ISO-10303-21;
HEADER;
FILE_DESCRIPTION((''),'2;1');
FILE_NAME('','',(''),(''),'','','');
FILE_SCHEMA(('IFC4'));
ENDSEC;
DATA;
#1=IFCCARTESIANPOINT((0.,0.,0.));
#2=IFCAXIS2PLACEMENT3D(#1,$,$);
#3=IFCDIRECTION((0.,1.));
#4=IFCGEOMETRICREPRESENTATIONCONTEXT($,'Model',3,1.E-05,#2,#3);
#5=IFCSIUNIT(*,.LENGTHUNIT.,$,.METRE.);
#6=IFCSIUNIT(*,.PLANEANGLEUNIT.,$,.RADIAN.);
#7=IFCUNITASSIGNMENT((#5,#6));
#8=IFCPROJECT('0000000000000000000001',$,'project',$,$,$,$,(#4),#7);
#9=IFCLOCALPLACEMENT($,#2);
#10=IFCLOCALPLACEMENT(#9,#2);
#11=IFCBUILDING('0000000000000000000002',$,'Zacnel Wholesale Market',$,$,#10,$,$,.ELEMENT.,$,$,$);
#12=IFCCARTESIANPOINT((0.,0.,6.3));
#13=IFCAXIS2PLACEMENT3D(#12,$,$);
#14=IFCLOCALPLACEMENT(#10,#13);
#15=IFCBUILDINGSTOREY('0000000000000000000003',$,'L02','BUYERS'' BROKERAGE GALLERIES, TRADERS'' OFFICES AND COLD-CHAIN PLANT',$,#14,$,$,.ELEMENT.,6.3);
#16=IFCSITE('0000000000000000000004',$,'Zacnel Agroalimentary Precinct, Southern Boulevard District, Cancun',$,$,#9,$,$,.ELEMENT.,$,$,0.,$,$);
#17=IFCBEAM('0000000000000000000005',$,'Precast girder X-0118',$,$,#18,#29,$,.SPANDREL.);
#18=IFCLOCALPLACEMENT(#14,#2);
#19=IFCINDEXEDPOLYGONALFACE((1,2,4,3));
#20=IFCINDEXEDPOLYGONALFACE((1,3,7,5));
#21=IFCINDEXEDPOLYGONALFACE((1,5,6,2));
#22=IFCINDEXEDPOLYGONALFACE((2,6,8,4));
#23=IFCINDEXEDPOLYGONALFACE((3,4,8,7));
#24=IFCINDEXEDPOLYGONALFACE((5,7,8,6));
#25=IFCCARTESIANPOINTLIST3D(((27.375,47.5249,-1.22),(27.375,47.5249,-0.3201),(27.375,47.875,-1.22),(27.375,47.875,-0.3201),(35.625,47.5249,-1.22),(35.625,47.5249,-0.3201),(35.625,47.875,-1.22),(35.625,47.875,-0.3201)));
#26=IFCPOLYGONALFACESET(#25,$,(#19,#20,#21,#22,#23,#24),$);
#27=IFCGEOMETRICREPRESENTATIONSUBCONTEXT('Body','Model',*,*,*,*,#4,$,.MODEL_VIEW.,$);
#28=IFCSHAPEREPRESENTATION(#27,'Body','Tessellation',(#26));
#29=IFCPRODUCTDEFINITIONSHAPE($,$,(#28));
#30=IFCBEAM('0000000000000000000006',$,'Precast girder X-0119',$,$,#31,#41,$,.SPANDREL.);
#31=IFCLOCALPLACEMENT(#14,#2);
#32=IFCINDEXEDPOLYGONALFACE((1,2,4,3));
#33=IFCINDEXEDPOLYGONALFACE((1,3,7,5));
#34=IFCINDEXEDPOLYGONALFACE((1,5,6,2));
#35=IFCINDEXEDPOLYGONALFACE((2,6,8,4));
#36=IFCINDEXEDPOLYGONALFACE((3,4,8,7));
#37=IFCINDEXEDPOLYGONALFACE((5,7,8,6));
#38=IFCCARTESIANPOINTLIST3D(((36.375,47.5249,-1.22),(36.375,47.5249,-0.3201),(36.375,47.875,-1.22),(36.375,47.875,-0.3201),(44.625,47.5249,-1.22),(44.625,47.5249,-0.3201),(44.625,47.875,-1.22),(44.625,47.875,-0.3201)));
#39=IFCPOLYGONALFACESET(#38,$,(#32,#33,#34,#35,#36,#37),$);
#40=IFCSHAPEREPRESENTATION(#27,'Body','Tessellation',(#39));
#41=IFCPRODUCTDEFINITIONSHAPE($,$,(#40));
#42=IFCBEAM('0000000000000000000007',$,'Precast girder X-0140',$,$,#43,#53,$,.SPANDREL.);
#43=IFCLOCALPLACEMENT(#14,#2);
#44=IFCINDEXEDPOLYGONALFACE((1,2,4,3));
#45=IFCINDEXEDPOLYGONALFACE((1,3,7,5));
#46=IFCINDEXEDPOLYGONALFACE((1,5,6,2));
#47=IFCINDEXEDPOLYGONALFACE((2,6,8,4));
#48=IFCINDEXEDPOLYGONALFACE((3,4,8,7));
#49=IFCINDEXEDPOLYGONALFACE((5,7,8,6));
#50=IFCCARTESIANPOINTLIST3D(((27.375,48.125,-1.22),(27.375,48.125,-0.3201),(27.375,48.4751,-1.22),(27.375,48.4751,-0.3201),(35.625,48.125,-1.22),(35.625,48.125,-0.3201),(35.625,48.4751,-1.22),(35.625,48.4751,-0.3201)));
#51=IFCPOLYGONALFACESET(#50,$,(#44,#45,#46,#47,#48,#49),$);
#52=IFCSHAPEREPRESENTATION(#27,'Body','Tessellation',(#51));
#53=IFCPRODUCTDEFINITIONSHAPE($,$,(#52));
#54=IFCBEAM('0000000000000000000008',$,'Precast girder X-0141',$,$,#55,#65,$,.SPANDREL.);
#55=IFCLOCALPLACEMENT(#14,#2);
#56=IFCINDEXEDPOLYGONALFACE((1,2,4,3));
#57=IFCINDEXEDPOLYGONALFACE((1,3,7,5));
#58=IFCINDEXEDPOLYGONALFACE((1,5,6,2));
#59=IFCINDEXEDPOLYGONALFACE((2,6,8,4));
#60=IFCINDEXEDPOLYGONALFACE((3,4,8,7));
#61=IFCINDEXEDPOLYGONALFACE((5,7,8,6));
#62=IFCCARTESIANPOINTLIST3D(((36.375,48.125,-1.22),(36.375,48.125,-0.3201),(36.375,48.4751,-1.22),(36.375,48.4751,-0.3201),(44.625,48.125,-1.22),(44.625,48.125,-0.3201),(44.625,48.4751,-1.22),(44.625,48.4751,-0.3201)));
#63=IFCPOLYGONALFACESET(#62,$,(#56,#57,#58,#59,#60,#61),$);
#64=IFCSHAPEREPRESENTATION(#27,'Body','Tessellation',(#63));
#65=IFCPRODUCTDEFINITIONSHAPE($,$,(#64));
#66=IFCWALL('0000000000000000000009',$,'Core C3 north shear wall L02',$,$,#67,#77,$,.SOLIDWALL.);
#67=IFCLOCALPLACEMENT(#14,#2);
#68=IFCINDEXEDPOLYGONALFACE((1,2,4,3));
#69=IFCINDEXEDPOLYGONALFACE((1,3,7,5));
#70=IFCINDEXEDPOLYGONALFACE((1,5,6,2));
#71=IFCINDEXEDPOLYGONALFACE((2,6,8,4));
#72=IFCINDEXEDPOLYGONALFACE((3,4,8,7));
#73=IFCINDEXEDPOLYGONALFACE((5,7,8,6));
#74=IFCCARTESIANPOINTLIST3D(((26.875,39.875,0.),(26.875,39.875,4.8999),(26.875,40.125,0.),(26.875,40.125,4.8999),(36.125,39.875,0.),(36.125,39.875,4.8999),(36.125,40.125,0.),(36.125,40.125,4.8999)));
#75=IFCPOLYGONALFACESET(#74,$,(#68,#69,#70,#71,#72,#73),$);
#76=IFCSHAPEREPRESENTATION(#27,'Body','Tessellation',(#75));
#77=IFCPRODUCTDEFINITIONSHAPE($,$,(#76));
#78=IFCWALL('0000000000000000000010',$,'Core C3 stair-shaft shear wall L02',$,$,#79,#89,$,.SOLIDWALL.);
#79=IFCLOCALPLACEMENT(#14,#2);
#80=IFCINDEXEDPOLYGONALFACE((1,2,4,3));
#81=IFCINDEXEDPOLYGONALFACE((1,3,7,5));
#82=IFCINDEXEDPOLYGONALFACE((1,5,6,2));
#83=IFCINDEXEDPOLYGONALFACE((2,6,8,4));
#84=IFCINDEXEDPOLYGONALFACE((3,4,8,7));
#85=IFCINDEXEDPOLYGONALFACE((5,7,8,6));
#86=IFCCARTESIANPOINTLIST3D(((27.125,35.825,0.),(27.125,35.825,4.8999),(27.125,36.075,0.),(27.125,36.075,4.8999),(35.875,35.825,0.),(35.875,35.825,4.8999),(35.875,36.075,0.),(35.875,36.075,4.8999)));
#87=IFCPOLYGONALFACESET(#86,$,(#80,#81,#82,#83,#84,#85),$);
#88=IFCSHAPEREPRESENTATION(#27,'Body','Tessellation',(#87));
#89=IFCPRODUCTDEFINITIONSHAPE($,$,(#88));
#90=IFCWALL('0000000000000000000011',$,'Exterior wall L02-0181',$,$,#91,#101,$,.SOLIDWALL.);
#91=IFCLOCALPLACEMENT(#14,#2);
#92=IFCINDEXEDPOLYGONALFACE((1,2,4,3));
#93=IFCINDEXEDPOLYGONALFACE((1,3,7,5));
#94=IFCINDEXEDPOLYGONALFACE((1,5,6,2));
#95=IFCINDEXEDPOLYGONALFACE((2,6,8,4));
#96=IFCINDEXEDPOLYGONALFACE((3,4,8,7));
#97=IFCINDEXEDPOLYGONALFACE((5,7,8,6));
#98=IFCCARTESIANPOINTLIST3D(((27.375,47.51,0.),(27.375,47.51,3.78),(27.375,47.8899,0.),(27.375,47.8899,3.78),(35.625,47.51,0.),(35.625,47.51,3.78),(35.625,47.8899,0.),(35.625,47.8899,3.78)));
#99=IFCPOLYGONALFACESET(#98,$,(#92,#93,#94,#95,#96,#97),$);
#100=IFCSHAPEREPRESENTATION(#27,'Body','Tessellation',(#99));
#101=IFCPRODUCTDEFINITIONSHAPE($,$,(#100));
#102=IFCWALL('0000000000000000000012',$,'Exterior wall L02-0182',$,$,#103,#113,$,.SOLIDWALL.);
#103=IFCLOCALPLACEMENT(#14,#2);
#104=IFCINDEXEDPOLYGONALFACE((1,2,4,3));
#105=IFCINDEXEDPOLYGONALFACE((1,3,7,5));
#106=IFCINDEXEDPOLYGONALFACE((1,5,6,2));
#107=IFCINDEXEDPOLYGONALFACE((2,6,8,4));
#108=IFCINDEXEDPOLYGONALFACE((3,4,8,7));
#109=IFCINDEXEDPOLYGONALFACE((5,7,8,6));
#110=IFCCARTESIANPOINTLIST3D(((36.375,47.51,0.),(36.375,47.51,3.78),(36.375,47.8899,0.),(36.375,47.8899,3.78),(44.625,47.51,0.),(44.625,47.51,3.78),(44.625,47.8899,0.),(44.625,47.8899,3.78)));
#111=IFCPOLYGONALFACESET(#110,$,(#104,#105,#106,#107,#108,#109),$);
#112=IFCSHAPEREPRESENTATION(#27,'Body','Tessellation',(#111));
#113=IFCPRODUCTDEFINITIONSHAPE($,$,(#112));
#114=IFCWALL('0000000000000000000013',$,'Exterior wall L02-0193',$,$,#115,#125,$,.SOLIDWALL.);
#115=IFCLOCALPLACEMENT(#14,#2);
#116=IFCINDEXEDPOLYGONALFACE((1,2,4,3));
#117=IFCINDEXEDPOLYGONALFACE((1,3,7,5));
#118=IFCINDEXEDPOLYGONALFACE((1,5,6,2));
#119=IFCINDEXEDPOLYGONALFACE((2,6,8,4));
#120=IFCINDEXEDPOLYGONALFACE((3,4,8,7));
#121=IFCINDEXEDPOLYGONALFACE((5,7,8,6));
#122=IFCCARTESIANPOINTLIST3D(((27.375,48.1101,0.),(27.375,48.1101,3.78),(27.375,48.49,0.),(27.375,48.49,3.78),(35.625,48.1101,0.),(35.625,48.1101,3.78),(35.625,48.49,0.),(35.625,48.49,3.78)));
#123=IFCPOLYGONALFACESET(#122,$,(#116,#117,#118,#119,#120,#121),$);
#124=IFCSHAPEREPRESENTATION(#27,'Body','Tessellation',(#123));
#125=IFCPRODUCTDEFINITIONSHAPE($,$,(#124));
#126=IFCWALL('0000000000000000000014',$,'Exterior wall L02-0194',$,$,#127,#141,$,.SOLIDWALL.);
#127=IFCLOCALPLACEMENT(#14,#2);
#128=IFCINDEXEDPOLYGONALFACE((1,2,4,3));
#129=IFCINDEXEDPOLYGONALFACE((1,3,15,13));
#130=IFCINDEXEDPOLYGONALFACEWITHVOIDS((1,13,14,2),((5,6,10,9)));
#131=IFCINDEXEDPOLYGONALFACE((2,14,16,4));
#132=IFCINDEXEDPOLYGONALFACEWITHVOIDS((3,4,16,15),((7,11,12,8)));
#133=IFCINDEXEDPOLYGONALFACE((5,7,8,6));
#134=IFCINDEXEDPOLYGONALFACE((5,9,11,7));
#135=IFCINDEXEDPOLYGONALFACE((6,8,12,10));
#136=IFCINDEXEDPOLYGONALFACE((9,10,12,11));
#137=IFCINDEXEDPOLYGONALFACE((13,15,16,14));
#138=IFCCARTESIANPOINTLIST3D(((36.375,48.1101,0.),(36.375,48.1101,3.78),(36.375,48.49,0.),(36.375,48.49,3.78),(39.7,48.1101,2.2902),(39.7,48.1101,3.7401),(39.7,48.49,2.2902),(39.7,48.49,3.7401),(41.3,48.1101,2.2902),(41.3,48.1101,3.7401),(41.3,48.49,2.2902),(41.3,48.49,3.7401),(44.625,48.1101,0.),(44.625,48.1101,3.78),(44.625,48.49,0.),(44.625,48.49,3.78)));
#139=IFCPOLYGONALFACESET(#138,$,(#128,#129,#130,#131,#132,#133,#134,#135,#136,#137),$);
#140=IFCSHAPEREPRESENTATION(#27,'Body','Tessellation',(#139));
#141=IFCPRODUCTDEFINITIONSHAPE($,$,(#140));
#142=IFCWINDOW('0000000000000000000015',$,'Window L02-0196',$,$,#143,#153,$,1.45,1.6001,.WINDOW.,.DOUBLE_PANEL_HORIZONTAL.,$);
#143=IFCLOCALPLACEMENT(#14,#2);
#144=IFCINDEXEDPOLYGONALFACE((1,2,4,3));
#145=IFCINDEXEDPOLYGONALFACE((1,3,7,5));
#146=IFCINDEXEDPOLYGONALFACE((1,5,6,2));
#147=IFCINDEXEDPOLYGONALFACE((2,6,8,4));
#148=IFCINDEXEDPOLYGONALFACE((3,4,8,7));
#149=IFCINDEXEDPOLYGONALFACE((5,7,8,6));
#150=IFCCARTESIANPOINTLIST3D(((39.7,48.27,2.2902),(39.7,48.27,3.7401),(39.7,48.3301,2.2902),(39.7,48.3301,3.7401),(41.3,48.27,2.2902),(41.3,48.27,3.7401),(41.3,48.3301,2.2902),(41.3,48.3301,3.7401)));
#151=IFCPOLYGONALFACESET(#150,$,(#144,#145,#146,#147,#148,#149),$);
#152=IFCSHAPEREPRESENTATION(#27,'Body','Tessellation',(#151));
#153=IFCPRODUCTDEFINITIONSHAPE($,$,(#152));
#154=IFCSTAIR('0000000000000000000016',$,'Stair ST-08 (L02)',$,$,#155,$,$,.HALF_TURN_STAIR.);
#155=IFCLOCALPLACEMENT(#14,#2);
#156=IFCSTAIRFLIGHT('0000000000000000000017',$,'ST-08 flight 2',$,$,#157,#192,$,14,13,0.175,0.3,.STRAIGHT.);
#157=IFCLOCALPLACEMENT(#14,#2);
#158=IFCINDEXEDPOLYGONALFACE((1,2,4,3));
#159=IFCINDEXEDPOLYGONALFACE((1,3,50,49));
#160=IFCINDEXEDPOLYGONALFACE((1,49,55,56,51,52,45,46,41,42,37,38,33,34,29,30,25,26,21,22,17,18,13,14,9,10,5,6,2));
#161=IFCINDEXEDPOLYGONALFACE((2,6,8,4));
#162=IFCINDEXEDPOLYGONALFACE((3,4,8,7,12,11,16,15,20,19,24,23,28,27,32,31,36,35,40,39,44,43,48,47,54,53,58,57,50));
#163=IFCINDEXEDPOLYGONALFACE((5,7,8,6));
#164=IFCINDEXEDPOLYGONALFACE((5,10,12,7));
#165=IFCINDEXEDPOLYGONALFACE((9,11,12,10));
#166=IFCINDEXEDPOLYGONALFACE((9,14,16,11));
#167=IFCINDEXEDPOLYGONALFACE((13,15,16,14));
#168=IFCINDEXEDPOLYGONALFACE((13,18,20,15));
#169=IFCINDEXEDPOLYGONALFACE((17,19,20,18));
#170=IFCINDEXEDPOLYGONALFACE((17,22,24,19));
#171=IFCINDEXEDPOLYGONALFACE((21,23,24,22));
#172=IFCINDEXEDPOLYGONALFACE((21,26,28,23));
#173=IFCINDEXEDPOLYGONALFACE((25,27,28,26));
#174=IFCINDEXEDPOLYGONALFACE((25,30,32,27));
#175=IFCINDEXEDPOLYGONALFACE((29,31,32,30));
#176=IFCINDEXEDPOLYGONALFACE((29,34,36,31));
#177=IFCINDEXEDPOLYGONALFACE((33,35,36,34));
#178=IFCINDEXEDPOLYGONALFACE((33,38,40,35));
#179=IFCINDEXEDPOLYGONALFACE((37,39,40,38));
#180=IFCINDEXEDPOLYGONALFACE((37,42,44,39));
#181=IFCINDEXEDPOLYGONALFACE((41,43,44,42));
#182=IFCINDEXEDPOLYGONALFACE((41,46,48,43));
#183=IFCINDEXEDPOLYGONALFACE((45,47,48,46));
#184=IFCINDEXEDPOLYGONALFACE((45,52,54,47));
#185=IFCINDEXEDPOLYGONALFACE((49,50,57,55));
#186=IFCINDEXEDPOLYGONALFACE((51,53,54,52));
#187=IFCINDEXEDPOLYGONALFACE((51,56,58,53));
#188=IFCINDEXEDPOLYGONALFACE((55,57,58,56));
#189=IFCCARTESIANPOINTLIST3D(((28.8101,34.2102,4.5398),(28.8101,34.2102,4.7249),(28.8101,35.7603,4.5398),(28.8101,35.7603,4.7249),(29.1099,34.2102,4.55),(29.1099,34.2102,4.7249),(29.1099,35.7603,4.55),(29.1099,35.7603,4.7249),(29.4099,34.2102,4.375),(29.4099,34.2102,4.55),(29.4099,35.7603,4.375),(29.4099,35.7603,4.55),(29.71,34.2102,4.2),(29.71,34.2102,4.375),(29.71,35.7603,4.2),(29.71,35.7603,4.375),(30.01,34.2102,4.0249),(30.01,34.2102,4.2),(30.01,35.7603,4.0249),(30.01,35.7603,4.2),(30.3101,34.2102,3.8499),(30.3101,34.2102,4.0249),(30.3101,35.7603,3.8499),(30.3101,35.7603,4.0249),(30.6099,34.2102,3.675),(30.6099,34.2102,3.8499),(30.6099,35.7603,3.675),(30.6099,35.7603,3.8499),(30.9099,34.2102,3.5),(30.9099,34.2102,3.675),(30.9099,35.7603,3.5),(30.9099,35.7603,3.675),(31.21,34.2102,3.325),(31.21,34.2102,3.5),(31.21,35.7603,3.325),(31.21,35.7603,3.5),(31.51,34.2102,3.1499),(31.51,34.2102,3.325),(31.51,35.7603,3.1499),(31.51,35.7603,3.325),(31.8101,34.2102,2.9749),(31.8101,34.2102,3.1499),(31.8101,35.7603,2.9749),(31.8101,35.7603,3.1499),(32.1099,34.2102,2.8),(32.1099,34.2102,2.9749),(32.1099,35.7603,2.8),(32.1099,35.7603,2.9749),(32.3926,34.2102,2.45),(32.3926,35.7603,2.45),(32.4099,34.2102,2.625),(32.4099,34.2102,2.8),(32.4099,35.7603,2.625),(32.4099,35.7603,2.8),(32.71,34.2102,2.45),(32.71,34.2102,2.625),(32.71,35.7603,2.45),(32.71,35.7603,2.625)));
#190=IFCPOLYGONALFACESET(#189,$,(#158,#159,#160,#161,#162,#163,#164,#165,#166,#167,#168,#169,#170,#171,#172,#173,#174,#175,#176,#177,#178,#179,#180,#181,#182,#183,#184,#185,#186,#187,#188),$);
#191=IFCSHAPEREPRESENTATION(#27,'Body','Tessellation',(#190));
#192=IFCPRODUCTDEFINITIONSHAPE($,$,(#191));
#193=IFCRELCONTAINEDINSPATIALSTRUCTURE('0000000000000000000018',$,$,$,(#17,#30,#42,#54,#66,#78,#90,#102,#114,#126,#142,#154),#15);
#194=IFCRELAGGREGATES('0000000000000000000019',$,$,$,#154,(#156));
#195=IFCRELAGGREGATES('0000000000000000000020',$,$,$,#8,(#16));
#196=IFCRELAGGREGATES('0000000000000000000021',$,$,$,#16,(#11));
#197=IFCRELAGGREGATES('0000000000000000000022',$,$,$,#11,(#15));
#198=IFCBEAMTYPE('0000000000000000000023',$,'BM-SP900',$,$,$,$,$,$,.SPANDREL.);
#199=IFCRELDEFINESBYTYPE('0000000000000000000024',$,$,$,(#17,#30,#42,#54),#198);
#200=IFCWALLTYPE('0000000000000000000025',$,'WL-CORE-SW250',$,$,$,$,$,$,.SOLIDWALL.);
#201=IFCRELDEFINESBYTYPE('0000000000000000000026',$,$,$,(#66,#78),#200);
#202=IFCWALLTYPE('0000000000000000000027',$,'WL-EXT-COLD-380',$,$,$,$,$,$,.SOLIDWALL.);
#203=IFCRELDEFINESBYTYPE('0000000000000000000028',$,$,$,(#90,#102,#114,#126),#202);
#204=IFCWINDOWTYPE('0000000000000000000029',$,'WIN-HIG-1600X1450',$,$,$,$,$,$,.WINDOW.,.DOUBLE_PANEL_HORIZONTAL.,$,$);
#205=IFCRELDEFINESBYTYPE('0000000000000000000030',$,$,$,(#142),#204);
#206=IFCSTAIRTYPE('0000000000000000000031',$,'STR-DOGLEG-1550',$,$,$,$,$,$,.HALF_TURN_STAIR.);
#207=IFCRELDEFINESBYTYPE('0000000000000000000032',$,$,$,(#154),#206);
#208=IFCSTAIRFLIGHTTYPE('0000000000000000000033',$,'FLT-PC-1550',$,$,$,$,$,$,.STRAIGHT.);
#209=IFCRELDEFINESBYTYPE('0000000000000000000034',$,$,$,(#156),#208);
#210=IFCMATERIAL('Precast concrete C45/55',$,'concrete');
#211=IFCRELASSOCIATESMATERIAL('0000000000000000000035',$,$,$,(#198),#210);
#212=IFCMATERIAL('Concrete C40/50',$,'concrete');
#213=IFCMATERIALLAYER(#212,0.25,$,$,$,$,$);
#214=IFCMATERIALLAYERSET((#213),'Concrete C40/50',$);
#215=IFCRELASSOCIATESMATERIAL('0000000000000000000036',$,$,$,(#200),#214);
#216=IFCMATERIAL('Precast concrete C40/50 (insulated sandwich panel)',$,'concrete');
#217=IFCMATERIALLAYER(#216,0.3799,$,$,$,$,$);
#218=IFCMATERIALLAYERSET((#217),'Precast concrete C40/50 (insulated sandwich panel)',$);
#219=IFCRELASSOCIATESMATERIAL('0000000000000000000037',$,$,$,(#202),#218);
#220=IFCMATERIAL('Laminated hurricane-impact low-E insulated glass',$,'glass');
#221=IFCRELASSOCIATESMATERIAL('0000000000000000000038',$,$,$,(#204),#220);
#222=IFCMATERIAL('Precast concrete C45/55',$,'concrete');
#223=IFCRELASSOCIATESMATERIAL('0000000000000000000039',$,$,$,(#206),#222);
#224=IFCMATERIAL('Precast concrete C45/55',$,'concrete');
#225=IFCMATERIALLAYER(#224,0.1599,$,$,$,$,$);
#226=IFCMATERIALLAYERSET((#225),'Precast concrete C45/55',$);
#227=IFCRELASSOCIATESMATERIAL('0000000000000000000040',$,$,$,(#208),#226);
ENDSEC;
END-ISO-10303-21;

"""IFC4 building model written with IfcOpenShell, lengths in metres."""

from ifc_helpers import new_model, si_unit, direction, frame, frame_2d, origin, origin_2d, place, context, subcontext, project, spatial, polyline, rectangle, outline, extrude, material, layer, layer_set, material_profile, profile_set, type_object, element, fill, aggregate, save


model = new_model("IFC4")

# Units and contexts
model_context = context("Model", 3, precision=1e-05, world=origin(), true_north=direction((0.0, 1.0)))
body_context = subcontext(model_context, "Body", "Model", "MODEL_VIEW")
ifc_project = project(units=[si_unit("LENGTHUNIT", "METRE"), si_unit("PLANEANGLEUNIT", "RADIAN")], contexts=[model_context])

# Site, building, storey
site_placement = place(None, origin())
site = spatial("IfcSite", under=ifc_project, at=site_placement, Name="Zacnel Agroalimentary Precinct, Southern Boulevard District, Cancun", CompositionType="ELEMENT", RefElevation=0.0)
building_placement = place(site_placement, origin())
building = spatial("IfcBuilding", under=site, at=building_placement, Name="Zacnel Wholesale Market", CompositionType="ELEMENT")
storey_placement = place(building_placement, frame((0.0, 0.0, 6.3)))
storey = spatial("IfcBuildingStorey", under=building, at=storey_placement, Name="L02", Description="BUYERS' BROKERAGE GALLERIES, TRADERS' OFFICES AND COLD-CHAIN PLANT", CompositionType="ELEMENT", Elevation=6.3)

# Beams
ifc_material_1 = material(Name="Precast concrete C45/55", Category="concrete")
ifc_material_profile_1 = material_profile(ifc_material_1, rectangle(XDim=0.3501, YDim=0.8999, at=origin_2d()), Name="SP 350x900")
ifc_profile_set_1 = profile_set([ifc_material_profile_1], Name="Precast concrete C45/55")
beam_type_1 = type_object("IfcBeamType", Name="BM-SP900", PredefinedType="SPANDREL", material=ifc_profile_set_1)
for number, where, z_axis, x_axis, name in (
    (1, (27.375, 47.7, -0.77), (1.0, 0.0, 0.0), (0.0, 1.0, 0.0), "Precast girder X-0118"),
    (2, (36.375, 47.7, -0.77), (1.0, 0.0, 0.0), (0.0, 1.0, 0.0), "Precast girder X-0119"),
    (3, (27.375, 48.3, -0.77), (1.0, 0.0, 0.0), (0.0, 1.0, 0.0), "Precast girder X-0140"),
    (4, (36.375, 48.3, -0.77), (1.0, 0.0, 0.0), (0.0, 1.0, 0.0), "Precast girder X-0141"),
):
    element("IfcBeam", number, at=place(storey_placement, frame(where, z_axis=z_axis, x_axis=x_axis)), inside=storey, type_object=beam_type_1, Name=name, PredefinedType="SPANDREL", context=body_context, shape_type="SweptSolid", body=[
        extrude(rectangle(XDim=0.3501, YDim=0.8999, at=origin_2d()), origin(), (0.0, 0.0, 1.0), 8.25),
    ])

# Walls
ifc_material_2 = material(Name="Concrete C40/50", Category="concrete")
ifc_layer_1 = layer(ifc_material_2, 0.25)
ifc_layer_set_1 = layer_set([ifc_layer_1], Name="Concrete C40/50")
wall_type_1 = type_object("IfcWallType", Name="WL-CORE-SW250", PredefinedType="SOLIDWALL", material=ifc_layer_set_1)
wall_1_placement = place(storey_placement, frame((26.875, 40.0, 0.0), z_axis=(0.0, 0.0, 1.0), x_axis=(1.0, 0.0, 0.0)))
element("IfcWall", 5, at=wall_1_placement, inside=storey, type_object=wall_type_1, Name="Core C3 north shear wall L02", PredefinedType="SOLIDWALL", context=body_context, shape_type="SweptSolid", body=[
    extrude(rectangle(XDim=9.25, YDim=0.25, at=frame_2d((4.625, 0.0))), origin(), (0.0, 0.0, 1.0), 4.8999),
])
wall_2_placement = place(storey_placement, frame((27.125, 35.95, 0.0), z_axis=(0.0, 0.0, 1.0), x_axis=(1.0, 0.0, 0.0)))
element("IfcWall", 6, at=wall_2_placement, inside=storey, type_object=wall_type_1, Name="Core C3 stair-shaft shear wall L02", PredefinedType="SOLIDWALL", context=body_context, shape_type="SweptSolid", body=[
    extrude(rectangle(XDim=8.75, YDim=0.25, at=frame_2d((4.375, 0.0))), origin(), (0.0, 0.0, 1.0), 4.8999),
])

# Walls
ifc_material_3 = material(Name="Precast concrete C40/50 (insulated sandwich panel)", Category="concrete")
ifc_layer_2 = layer(ifc_material_3, 0.3799)
ifc_layer_set_2 = layer_set([ifc_layer_2], Name="Precast concrete C40/50 (insulated sandwich panel)")
wall_type_2 = type_object("IfcWallType", Name="WL-EXT-COLD-380", PredefinedType="SOLIDWALL", material=ifc_layer_set_2)
for number, where, z_axis, x_axis, name in (
    (7, (27.375, 47.7, 0.0), (0.0, 0.0, 1.0), (1.0, 0.0, 0.0), "Exterior wall L02-0181"),
    (8, (36.375, 47.7, 0.0), (0.0, 0.0, 1.0), (1.0, 0.0, 0.0), "Exterior wall L02-0182"),
    (9, (27.375, 48.3, 0.0), (0.0, 0.0, 1.0), (1.0, 0.0, 0.0), "Exterior wall L02-0193"),
):
    element("IfcWall", number, at=place(storey_placement, frame(where, z_axis=z_axis, x_axis=x_axis)), inside=storey, type_object=wall_type_2, Name=name, PredefinedType="SOLIDWALL", context=body_context, shape_type="SweptSolid", body=[
        extrude(rectangle(XDim=8.25, YDim=0.3799, at=frame_2d((4.125, 0.0))), origin(), (0.0, 0.0, 1.0), 3.78),
    ])

# Wall, opening, window
wall_3_placement = place(storey_placement, frame((36.375, 48.3, 0.0), z_axis=(0.0, 0.0, 1.0), x_axis=(1.0, 0.0, 0.0)))
wall_3 = element("IfcWall", 10, at=wall_3_placement, inside=storey, type_object=wall_type_2, Name="Exterior wall L02-0194", PredefinedType="SOLIDWALL", context=body_context, shape_type="SweptSolid", body=[
    extrude(rectangle(XDim=8.25, YDim=0.3799, at=frame_2d((4.125, 0.0))), origin(), (0.0, 0.0, 1.0), 3.78),
])
opening_1_placement = place(wall_3_placement, frame((3.325, 0.0, 2.29)))
opening_1 = element("IfcOpeningElement", 11, at=opening_1_placement, cuts=wall_3, PredefinedType="OPENING", context=body_context, shape_type="SweptSolid", body=[
    extrude(rectangle(XDim=1.6001, YDim=1.45, at=frame_2d((0.8, 0.7251))), frame((0.0, 0.2, 0.0), z_axis=(0.0, -1.0, 0.0), x_axis=(1.0, 0.0, 0.0)), (0.0, 0.0, 1.0), 0.3999),
])
ifc_material_4 = material(Name="Laminated hurricane-impact low-E insulated glass", Category="glass")
window_type = type_object("IfcWindowType", Name="WIN-HIG-1600X1450", PartitioningType="DOUBLE_PANEL_HORIZONTAL", PredefinedType="WINDOW", material=ifc_material_4)
window_placement = place(opening_1_placement, origin())
window = element("IfcWindow", 12, at=window_placement, inside=storey, type_object=window_type, Name="Window L02-0196", OverallHeight=1.45, OverallWidth=1.6001, PartitioningType="DOUBLE_PANEL_HORIZONTAL", PredefinedType="WINDOW", context=body_context, shape_type="SweptSolid", body=[
    extrude(rectangle(XDim=1.6001, YDim=1.45, at=frame_2d((0.8, 0.7251))), frame((0.0, 0.03, 0.0), z_axis=(0.0, -1.0, 0.0), x_axis=(1.0, 0.0, 0.0)), (0.0, 0.0, 1.0), 0.0601),
])
fill(opening_1, window)

# Stair, stair flight
ifc_material_5 = material(Name="Precast concrete C45/55", Category="concrete")
stair_type = type_object("IfcStairType", Name="STR-DOGLEG-1550", PredefinedType="HALF_TURN_STAIR", material=ifc_material_5)
stair_placement = place(storey_placement, origin())
stair = element("IfcStair", 13, at=stair_placement, inside=storey, type_object=stair_type, Name="Stair ST-08 (L02)", PredefinedType="HALF_TURN_STAIR")
ifc_material_6 = material(Name="Precast concrete C45/55", Category="concrete")
ifc_layer_3 = layer(ifc_material_6, 0.1599)
ifc_layer_set_3 = layer_set([ifc_layer_3], Name="Precast concrete C45/55")
stair_flight_type = type_object("IfcStairFlightType", Name="FLT-PC-1550", PredefinedType="STRAIGHT", material=ifc_layer_set_3)
stair_flight_placement = place(storey_placement, frame((32.71, 34.9851, 2.45), z_axis=(0.0, 0.0, 1.0), x_axis=(-1.0, 0.0, 0.0)))
stair_flight = element("IfcStairFlight", 14, at=stair_flight_placement, type_object=stair_flight_type, Name="ST-08 flight 2", NumberOfRisers=14, NumberOfTreads=13, PredefinedType="STRAIGHT", RiserHeight=0.175, TreadLength=0.3, context=body_context, shape_type="SweptSolid", body=[
    extrude(outline(polyline([(0.0, 0.0), (0.0, 0.175), (0.3, 0.175), (0.3, 0.3501), (0.6001, 0.3501), (0.6001, 0.5249), (0.8999, 0.5249), (0.8999, 0.7), (1.2, 0.7), (1.2, 0.875), (1.5, 0.875), (1.5, 1.05), (1.8, 1.05), (1.8, 1.2251), (2.1001, 1.2251), (2.1001, 1.3999), (2.3999, 1.3999), (2.3999, 1.575), (2.7, 1.575), (2.7, 1.75), (3.0, 1.75), (3.0, 1.925), (3.3, 1.925), (3.3, 2.1001), (3.6001, 2.1001), (3.6001, 2.2749), (3.8999, 2.2749), (3.8999, 2.45), (3.8999, 2.0898), (0.3174, 0.0), (0.0, 0.0)])), frame((0.0, 0.7749, 0.0), z_axis=(0.0, -1.0, 0.0), x_axis=(1.0, 0.0, 0.0)), (0.0, 0.0, 1.0), 1.55),
])
aggregate(stair, [stair_flight])

save(model, "model.ifc")
